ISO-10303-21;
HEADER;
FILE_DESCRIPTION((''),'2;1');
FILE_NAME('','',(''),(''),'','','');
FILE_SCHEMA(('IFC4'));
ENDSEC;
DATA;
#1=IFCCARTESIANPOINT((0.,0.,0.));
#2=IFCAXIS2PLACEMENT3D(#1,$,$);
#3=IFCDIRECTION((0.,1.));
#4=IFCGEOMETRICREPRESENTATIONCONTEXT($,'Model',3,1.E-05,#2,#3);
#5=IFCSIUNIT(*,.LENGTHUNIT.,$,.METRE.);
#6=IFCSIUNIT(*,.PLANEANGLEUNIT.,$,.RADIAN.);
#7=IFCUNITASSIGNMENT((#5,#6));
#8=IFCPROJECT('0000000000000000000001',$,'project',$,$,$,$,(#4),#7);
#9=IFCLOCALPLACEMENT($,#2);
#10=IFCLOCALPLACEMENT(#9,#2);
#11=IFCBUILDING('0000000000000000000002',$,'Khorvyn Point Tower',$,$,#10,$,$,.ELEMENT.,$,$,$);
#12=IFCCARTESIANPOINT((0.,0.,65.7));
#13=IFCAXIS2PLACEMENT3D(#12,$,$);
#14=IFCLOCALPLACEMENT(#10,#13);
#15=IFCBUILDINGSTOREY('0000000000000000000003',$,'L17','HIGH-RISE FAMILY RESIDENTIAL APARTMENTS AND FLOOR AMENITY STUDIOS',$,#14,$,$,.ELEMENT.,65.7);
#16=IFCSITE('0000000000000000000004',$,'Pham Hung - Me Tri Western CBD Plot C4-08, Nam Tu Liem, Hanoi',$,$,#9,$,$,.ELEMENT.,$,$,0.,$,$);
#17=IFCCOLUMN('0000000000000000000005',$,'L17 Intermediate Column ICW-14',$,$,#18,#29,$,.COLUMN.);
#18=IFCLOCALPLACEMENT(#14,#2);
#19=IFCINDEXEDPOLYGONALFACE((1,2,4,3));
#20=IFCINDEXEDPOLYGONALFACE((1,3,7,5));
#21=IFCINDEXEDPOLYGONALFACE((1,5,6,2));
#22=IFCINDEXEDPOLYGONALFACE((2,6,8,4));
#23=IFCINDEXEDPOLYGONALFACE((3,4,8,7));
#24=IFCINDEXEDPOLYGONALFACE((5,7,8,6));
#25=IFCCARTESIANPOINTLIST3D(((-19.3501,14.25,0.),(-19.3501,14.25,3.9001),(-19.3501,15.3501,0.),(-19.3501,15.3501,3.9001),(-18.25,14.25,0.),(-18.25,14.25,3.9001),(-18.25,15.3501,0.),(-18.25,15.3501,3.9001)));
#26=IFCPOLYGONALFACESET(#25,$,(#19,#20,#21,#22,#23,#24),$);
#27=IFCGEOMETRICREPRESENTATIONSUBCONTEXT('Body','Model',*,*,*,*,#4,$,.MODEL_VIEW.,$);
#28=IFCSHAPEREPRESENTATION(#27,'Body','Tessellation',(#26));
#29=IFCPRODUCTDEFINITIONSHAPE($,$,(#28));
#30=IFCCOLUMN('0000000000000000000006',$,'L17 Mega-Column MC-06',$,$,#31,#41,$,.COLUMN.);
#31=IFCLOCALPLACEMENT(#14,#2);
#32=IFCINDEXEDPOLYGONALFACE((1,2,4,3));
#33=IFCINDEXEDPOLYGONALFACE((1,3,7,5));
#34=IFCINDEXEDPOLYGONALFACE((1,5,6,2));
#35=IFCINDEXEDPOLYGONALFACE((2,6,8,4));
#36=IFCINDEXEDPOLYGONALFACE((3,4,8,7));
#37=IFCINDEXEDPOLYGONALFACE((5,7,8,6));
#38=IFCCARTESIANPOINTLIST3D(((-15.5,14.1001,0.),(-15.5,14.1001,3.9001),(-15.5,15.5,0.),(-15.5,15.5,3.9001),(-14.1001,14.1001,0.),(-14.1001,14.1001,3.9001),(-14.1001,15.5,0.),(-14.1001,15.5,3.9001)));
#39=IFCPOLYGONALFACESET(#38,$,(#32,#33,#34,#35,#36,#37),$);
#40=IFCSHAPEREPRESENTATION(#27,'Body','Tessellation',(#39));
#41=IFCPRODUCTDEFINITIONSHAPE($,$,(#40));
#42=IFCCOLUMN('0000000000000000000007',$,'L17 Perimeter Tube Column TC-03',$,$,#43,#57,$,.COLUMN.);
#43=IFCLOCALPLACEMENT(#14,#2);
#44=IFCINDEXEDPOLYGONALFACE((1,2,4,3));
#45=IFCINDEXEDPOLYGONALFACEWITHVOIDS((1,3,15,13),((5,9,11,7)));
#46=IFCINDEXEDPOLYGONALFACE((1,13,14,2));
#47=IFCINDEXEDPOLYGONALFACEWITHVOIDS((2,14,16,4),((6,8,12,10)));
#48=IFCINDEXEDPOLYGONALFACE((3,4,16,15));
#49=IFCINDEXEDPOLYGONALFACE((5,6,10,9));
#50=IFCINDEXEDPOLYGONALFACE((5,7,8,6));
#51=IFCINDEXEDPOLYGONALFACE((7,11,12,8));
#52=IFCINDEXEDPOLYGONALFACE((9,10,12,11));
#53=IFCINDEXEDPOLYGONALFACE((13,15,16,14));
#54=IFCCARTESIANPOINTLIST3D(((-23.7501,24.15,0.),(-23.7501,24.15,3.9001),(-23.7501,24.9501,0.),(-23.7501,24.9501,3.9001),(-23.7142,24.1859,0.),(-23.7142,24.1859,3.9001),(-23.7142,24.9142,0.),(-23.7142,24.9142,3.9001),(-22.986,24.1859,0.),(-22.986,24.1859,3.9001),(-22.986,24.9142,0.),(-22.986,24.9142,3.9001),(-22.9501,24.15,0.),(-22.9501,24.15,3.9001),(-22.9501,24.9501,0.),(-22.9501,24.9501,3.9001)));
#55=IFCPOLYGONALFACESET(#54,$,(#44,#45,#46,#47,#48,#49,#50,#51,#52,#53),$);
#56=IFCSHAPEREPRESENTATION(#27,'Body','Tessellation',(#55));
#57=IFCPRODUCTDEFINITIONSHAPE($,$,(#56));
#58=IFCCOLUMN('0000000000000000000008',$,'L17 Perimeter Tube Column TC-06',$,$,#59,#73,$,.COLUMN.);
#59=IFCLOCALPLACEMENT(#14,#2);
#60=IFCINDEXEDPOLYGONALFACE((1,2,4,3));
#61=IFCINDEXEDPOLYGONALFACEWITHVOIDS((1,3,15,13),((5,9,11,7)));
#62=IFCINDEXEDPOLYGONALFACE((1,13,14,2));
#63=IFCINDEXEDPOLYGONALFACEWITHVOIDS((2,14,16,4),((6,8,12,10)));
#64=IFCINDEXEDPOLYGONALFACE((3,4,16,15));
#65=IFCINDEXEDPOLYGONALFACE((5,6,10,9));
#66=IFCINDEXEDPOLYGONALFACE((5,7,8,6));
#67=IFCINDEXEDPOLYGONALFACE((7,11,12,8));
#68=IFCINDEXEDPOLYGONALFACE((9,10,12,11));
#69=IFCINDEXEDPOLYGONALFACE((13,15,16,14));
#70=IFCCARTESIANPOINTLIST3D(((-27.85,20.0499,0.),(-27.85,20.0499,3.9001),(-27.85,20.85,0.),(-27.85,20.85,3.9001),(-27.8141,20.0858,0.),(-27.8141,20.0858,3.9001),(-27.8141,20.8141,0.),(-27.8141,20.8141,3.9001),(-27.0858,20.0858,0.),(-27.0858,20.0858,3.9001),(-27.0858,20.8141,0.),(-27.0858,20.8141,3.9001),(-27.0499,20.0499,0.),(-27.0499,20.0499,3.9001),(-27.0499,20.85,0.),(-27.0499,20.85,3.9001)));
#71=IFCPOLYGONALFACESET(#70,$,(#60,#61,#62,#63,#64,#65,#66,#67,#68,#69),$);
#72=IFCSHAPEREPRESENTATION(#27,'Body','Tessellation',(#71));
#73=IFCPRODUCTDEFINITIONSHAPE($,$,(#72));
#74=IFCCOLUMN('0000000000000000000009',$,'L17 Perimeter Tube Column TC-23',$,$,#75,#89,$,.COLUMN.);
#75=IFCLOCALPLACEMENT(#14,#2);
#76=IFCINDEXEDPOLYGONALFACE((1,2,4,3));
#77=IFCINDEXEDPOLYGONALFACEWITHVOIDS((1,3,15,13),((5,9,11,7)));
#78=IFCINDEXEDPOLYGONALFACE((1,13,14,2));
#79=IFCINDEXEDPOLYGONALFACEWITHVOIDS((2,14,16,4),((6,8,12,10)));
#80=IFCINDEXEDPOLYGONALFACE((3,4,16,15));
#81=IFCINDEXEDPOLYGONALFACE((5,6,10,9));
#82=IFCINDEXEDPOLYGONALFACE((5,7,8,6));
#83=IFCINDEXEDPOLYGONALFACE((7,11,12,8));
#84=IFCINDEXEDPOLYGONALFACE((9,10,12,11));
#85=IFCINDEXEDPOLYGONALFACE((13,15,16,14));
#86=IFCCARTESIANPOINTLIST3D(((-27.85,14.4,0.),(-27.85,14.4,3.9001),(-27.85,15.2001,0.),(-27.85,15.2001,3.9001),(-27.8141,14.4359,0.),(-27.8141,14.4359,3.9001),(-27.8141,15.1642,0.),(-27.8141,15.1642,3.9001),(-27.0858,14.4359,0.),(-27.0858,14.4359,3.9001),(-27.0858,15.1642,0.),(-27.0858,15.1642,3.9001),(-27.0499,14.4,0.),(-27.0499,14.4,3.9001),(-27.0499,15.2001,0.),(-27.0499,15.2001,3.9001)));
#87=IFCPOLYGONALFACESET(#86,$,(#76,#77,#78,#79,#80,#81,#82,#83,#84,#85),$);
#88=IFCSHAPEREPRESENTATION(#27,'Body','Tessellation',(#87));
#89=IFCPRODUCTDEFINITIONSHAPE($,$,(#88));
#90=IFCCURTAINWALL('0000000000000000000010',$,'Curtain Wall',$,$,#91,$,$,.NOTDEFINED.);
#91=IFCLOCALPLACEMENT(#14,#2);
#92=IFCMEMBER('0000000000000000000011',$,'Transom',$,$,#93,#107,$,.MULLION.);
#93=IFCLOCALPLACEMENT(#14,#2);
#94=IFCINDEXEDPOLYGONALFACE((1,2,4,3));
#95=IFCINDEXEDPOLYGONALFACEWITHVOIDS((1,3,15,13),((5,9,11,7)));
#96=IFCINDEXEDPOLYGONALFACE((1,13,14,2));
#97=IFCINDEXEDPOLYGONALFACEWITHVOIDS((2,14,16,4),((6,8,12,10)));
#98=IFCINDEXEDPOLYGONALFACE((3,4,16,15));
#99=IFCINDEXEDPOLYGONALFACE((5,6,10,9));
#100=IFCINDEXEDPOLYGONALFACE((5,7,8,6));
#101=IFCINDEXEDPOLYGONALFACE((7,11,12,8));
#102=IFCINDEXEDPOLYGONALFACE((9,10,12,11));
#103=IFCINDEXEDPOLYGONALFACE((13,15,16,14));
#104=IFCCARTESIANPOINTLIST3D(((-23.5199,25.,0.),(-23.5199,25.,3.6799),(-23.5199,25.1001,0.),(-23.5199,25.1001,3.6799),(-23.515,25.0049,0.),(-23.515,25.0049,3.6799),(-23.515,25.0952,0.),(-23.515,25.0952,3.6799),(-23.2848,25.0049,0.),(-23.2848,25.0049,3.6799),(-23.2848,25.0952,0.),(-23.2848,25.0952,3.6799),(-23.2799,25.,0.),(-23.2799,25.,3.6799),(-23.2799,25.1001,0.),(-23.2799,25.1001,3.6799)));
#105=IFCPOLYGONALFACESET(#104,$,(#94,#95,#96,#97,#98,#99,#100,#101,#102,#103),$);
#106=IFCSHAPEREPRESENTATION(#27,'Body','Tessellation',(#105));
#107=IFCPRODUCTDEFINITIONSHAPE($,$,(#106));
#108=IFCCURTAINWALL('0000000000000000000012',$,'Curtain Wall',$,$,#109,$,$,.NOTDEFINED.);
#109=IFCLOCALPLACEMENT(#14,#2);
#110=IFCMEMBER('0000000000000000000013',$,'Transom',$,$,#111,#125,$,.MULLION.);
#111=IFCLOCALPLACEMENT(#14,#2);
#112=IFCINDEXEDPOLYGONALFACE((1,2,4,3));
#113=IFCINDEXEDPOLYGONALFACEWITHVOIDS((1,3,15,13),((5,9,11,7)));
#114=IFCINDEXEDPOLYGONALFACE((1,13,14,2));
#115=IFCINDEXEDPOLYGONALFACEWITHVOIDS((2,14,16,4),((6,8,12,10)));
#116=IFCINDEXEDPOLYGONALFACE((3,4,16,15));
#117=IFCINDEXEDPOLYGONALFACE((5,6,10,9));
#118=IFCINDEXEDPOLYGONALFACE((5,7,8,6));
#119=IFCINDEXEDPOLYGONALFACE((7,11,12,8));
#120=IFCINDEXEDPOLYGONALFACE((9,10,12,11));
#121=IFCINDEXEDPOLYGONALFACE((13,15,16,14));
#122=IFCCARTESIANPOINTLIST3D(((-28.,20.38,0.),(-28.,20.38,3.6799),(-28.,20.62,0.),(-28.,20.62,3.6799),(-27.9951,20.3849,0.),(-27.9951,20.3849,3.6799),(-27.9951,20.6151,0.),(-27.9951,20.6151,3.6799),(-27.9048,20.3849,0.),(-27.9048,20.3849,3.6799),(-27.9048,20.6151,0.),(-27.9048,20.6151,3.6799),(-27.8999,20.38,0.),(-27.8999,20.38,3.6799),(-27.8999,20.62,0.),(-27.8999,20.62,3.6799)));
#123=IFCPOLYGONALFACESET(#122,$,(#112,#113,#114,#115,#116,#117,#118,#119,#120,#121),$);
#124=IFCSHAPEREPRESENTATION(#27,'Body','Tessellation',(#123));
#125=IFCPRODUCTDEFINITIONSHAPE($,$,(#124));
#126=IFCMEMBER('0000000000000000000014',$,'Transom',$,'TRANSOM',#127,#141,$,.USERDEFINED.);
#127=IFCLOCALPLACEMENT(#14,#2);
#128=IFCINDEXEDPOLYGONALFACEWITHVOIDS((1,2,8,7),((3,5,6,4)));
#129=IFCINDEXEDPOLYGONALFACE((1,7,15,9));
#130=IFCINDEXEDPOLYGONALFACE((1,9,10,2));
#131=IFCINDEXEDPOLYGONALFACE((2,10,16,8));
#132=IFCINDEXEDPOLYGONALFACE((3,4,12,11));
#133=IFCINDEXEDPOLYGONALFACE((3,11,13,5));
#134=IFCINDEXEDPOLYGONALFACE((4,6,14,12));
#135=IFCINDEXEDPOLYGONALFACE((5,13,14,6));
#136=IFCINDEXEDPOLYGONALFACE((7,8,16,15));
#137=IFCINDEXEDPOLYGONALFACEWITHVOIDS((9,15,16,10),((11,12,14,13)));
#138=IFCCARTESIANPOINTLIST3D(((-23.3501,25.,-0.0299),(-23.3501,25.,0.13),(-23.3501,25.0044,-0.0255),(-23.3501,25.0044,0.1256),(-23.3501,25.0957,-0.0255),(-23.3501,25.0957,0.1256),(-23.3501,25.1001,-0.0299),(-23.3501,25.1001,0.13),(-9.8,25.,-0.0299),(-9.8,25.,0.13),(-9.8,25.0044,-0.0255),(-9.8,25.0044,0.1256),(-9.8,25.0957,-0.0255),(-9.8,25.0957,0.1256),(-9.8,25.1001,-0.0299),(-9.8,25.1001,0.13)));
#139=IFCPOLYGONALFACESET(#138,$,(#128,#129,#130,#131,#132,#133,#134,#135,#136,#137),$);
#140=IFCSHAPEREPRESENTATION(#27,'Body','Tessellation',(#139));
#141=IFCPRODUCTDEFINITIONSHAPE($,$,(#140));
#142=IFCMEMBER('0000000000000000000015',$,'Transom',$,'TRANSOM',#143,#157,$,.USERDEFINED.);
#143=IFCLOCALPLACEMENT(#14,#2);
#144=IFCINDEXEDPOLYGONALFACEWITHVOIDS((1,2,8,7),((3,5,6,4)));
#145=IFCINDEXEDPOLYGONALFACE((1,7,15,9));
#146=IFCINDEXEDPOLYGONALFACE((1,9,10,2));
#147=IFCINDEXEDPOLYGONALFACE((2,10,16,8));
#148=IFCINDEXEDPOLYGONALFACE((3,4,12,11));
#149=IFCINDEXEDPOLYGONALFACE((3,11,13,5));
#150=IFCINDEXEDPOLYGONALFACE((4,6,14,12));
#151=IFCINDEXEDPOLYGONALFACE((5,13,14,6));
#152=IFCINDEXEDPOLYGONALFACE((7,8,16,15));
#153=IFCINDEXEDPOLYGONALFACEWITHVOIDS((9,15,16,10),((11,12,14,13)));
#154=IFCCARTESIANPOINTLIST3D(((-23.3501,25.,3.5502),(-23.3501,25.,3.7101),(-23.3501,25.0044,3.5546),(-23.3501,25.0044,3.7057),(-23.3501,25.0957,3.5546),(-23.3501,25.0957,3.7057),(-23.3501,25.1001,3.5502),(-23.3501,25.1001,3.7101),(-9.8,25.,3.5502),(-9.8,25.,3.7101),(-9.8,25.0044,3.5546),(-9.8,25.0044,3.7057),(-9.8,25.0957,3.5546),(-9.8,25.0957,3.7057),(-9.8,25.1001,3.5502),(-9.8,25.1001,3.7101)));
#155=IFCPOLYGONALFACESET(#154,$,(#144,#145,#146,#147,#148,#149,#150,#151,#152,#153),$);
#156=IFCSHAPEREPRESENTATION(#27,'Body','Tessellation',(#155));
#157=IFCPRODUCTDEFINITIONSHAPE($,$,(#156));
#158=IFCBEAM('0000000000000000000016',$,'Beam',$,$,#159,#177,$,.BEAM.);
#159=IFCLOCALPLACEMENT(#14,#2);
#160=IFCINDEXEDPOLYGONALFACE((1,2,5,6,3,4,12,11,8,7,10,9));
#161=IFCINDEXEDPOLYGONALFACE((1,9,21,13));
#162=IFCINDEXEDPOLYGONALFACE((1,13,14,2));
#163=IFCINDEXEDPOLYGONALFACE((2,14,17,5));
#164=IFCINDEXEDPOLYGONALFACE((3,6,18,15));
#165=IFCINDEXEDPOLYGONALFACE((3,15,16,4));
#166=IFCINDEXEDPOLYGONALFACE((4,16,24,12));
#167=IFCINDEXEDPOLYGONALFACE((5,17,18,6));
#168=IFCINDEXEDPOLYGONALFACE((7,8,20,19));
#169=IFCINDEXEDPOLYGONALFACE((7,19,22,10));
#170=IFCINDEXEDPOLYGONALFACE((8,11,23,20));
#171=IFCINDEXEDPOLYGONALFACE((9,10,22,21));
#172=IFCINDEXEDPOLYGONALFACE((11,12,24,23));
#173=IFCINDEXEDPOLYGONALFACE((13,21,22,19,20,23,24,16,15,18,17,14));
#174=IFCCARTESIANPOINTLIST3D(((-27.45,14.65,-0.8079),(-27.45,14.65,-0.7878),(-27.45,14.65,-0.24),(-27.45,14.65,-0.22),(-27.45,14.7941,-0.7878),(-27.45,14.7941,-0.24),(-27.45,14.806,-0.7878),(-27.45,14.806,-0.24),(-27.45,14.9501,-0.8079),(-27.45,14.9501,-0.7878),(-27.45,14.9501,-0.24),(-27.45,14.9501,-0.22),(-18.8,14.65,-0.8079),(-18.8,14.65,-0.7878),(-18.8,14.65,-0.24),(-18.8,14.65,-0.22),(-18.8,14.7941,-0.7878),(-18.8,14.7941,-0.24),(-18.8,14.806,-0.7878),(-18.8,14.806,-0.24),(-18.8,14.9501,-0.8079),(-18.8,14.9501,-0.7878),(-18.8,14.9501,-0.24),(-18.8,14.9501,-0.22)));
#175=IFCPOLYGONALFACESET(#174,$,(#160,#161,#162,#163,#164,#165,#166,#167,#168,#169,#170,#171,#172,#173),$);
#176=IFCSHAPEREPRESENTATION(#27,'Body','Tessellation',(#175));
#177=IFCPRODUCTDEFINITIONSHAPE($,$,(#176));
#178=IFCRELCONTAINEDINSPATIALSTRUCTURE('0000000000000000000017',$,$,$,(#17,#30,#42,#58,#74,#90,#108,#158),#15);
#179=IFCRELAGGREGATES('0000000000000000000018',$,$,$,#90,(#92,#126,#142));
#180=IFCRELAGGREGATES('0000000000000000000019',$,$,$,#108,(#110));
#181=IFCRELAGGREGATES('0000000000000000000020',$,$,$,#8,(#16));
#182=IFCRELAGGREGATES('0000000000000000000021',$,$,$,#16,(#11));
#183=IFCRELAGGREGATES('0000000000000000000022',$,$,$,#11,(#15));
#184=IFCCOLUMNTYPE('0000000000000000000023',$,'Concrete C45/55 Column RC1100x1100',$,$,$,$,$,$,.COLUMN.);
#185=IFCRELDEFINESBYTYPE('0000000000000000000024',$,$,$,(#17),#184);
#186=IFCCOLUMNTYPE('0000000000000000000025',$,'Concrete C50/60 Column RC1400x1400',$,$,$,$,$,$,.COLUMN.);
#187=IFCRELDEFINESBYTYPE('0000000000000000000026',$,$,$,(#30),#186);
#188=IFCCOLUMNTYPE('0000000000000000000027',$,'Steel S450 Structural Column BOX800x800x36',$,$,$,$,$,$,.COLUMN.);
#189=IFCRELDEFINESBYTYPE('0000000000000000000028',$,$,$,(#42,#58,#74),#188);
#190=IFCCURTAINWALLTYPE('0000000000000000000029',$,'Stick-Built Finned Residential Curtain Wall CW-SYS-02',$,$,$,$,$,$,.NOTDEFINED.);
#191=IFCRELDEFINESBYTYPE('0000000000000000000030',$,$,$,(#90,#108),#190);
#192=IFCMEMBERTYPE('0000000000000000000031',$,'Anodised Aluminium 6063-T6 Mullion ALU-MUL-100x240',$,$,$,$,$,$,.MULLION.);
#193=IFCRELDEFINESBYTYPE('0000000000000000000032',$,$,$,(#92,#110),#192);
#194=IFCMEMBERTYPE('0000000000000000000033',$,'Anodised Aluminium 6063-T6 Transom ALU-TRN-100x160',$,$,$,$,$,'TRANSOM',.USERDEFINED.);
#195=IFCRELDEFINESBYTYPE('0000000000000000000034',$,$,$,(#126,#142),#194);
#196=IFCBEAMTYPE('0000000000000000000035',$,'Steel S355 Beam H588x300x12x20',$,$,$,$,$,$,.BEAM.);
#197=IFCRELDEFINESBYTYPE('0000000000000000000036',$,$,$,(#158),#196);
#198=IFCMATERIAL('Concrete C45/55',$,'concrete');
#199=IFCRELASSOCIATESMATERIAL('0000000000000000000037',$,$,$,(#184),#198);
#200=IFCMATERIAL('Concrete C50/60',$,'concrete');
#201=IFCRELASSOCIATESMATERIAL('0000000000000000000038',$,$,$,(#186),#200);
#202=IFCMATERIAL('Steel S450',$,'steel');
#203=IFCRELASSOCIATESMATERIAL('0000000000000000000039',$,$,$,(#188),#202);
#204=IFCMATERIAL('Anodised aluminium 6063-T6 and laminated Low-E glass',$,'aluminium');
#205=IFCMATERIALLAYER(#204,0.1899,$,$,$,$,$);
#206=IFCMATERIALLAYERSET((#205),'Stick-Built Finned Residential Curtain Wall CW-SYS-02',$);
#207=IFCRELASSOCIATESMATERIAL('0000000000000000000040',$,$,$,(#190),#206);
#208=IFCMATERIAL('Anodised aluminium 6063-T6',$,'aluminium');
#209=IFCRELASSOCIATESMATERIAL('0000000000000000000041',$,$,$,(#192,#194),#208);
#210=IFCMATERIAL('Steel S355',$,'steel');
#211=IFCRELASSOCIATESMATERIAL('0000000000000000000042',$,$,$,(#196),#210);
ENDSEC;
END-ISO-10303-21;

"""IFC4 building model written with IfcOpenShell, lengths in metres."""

from ifc_helpers import new_model, si_unit, direction, frame, origin, origin_2d, place, context, subcontext, project, spatial, rectangle, hollow_rectangle, i_section, extrude, material, layer, layer_set, material_profile, profile_set, type_object, element, aggregate, save


model = new_model("IFC4")

# Units and contexts
model_context = context("Model", 3, precision=1e-05, world=origin(), true_north=direction((0.0, 1.0)))
body_context = subcontext(model_context, "Body", "Model", "MODEL_VIEW")
ifc_project = project(units=[si_unit("LENGTHUNIT", "METRE"), si_unit("PLANEANGLEUNIT", "RADIAN")], contexts=[model_context])

# Site, building, storey
site_placement = place(None, origin())
site = spatial("IfcSite", under=ifc_project, at=site_placement, Name="Pham Hung - Me Tri Western CBD Plot C4-08, Nam Tu Liem, Hanoi", CompositionType="ELEMENT", RefElevation=0.0)
building_placement = place(site_placement, origin())
building = spatial("IfcBuilding", under=site, at=building_placement, Name="Khorvyn Point Tower", CompositionType="ELEMENT")
storey_placement = place(building_placement, frame((0.0, 0.0, 65.7)))
storey = spatial("IfcBuildingStorey", under=building, at=storey_placement, Name="L17", Description="HIGH-RISE FAMILY RESIDENTIAL APARTMENTS AND FLOOR AMENITY STUDIOS", CompositionType="ELEMENT", Elevation=65.7)

# Columns
ifc_material_1 = material(Name="Concrete C45/55", Category="concrete")
ifc_material_profile_1 = material_profile(ifc_material_1, rectangle(XDim=1.1001, YDim=1.1001, at=origin_2d()))
ifc_profile_set_1 = profile_set([ifc_material_profile_1], Name="Concrete C45/55 RC1100x1100")
column_type_1 = type_object("IfcColumnType", Name="Concrete C45/55 Column RC1100x1100", PredefinedType="COLUMN", material=ifc_profile_set_1)
column_1_placement = place(storey_placement, frame((-18.8, 14.8, 0.0), z_axis=(0.0, 0.0, 1.0), x_axis=(1.0, 0.0, 0.0)))
element("IfcColumn", 1, at=column_1_placement, inside=storey, type_object=column_type_1, Name="L17 Intermediate Column ICW-14", PredefinedType="COLUMN", context=body_context, shape_type="SweptSolid", body=[
    extrude(rectangle(XDim=1.1001, YDim=1.1001, at=origin_2d()), origin(), (0.0, 0.0, 1.0), 3.9001),
])
ifc_material_2 = material(Name="Concrete C50/60", Category="concrete")
ifc_material_profile_2 = material_profile(ifc_material_2, rectangle(XDim=1.3999, YDim=1.3999, at=origin_2d()))
ifc_profile_set_2 = profile_set([ifc_material_profile_2], Name="Concrete C50/60 RC1400x1400")
column_type_2 = type_object("IfcColumnType", Name="Concrete C50/60 Column RC1400x1400", PredefinedType="COLUMN", material=ifc_profile_set_2)
column_2_placement = place(storey_placement, frame((-14.8, 14.8, 0.0), z_axis=(0.0, 0.0, 1.0), x_axis=(1.0, 0.0, 0.0)))
element("IfcColumn", 2, at=column_2_placement, inside=storey, type_object=column_type_2, Name="L17 Mega-Column MC-06", PredefinedType="COLUMN", context=body_context, shape_type="SweptSolid", body=[
    extrude(rectangle(XDim=1.3999, YDim=1.3999, at=origin_2d()), origin(), (0.0, 0.0, 1.0), 3.9001),
])
ifc_material_3 = material(Name="Steel S450", Category="steel")
ifc_material_profile_3 = material_profile(ifc_material_3, hollow_rectangle(XDim=0.8, YDim=0.8, WallThickness=0.0359, at=origin_2d()))
ifc_profile_set_3 = profile_set([ifc_material_profile_3], Name="Steel S450 BOX800x800x36")
column_type_3 = type_object("IfcColumnType", Name="Steel S450 Structural Column BOX800x800x36", PredefinedType="COLUMN", material=ifc_profile_set_3)
for number, where, z_axis, x_axis, name in (
    (3, (-23.3501, 24.55, 0.0), (0.0, 0.0, 1.0), (1.0, 0.0, 0.0), "L17 Perimeter Tube Column TC-03"),
    (4, (-27.45, 20.45, 0.0), (0.0, 0.0, 1.0), (1.0, 0.0, 0.0), "L17 Perimeter Tube Column TC-06"),
    (5, (-27.45, 14.8, 0.0), (0.0, 0.0, 1.0), (1.0, 0.0, 0.0), "L17 Perimeter Tube Column TC-23"),
):
    element("IfcColumn", number, at=place(storey_placement, frame(where, z_axis=z_axis, x_axis=x_axis)), inside=storey, type_object=column_type_3, Name=name, PredefinedType="COLUMN", context=body_context, shape_type="SweptSolid", body=[
        extrude(hollow_rectangle(XDim=0.8, YDim=0.8, WallThickness=0.0359, at=origin_2d()), origin(), (0.0, 0.0, 1.0), 3.9001),
    ])

# Curtain walls, members
ifc_material_4 = material(Name="Anodised aluminium 6063-T6 and laminated Low-E glass", Category="aluminium")
ifc_layer_1 = layer(ifc_material_4, 0.1899)
ifc_layer_set_1 = layer_set([ifc_layer_1], Name="Stick-Built Finned Residential Curtain Wall CW-SYS-02")
curtain_wall_type = type_object("IfcCurtainWallType", Name="Stick-Built Finned Residential Curtain Wall CW-SYS-02", PredefinedType="NOTDEFINED", material=ifc_layer_set_1)
curtain_wall_1_placement = place(storey_placement, origin())
curtain_wall_1 = element("IfcCurtainWall", 6, at=curtain_wall_1_placement, inside=storey, type_object=curtain_wall_type, Name="Curtain Wall", PredefinedType="NOTDEFINED")
ifc_material_5 = material(Name="Anodised aluminium 6063-T6", Category="aluminium")
ifc_material_profile_4 = material_profile(ifc_material_5, hollow_rectangle(XDim=0.1001, YDim=0.24, WallThickness=0.0049, at=origin_2d()))
ifc_profile_set_4 = profile_set([ifc_material_profile_4], Name="Anodised aluminium 6063-T6 ALU-MUL-100x240")
member_type_1 = type_object("IfcMemberType", Name="Anodised Aluminium 6063-T6 Mullion ALU-MUL-100x240", PredefinedType="MULLION", material=ifc_profile_set_4)
member_1_placement = place(storey_placement, frame((-23.3999, 25.05, 0.0), z_axis=(0.0, 0.0, 1.0), x_axis=(0.0, 1.0, 0.0)))
member_1 = element("IfcMember", 7, at=member_1_placement, type_object=member_type_1, Name="Transom", PredefinedType="MULLION", context=body_context, shape_type="SweptSolid", body=[
    extrude(hollow_rectangle(XDim=0.1001, YDim=0.24, WallThickness=0.0049, at=origin_2d()), origin(), (0.0, 0.0, 1.0), 3.6799),
])
curtain_wall_2_placement = place(storey_placement, origin())
curtain_wall_2 = element("IfcCurtainWall", 8, at=curtain_wall_2_placement, inside=storey, type_object=curtain_wall_type, Name="Curtain Wall", PredefinedType="NOTDEFINED")
member_2_placement = place(storey_placement, frame((-27.95, 20.5, 0.0), z_axis=(0.0, 0.0, 1.0), x_axis=(-1.0, 0.0, 0.0)))
member_2 = element("IfcMember", 9, at=member_2_placement, type_object=member_type_1, Name="Transom", PredefinedType="MULLION", context=body_context, shape_type="SweptSolid", body=[
    extrude(hollow_rectangle(XDim=0.1001, YDim=0.24, WallThickness=0.0049, at=origin_2d()), origin(), (0.0, 0.0, 1.0), 3.6799),
])

# Members
ifc_material_profile_5 = material_profile(ifc_material_5, hollow_rectangle(XDim=0.1001, YDim=0.1599, WallThickness=0.0044, at=origin_2d()))
ifc_profile_set_5 = profile_set([ifc_material_profile_5], Name="Anodised aluminium 6063-T6 ALU-TRN-100x160")
member_type_2 = type_object("IfcMemberType", Name="Anodised Aluminium 6063-T6 Transom ALU-TRN-100x160", ElementType="TRANSOM", PredefinedType="USERDEFINED", material=ifc_profile_set_5)
member_3_placement = place(storey_placement, frame((-23.3501, 25.05, 0.05), z_axis=(1.0, 0.0, 0.0), x_axis=(0.0, 1.0, 0.0)))
member_3 = element("IfcMember", 10, at=member_3_placement, type_object=member_type_2, Name="Transom", ObjectType="TRANSOM", PredefinedType="USERDEFINED", context=body_context, shape_type="SweptSolid", body=[
    extrude(hollow_rectangle(XDim=0.1001, YDim=0.1599, WallThickness=0.0044, at=origin_2d()), origin(), (0.0, 0.0, 1.0), 13.55),
])
member_4_placement = place(storey_placement, frame((-23.3501, 25.05, 3.6301), z_axis=(1.0, 0.0, 0.0), x_axis=(0.0, 1.0, 0.0)))
member_4 = element("IfcMember", 11, at=member_4_placement, type_object=member_type_2, Name="Transom", ObjectType="TRANSOM", PredefinedType="USERDEFINED", context=body_context, shape_type="SweptSolid", body=[
    extrude(hollow_rectangle(XDim=0.1001, YDim=0.1599, WallThickness=0.0044, at=origin_2d()), origin(), (0.0, 0.0, 1.0), 13.55),
])

# Beam
ifc_material_6 = material(Name="Steel S355", Category="steel")
ifc_material_profile_6 = material_profile(ifc_material_6, i_section(OverallWidth=0.3, OverallDepth=0.5879, WebThickness=0.012, FlangeThickness=0.02, at=origin_2d()))
ifc_profile_set_6 = profile_set([ifc_material_profile_6], Name="Steel S355 H588x300x12x20")
beam_type_1 = type_object("IfcBeamType", Name="Steel S355 Beam H588x300x12x20", PredefinedType="BEAM", material=ifc_profile_set_6)
beam_1_placement = place(storey_placement, frame((-27.45, 14.8, -0.5139), z_axis=(1.0, 0.0, 0.0), x_axis=(0.0, 1.0, 0.0)))
element("IfcBeam", 12, at=beam_1_placement, inside=storey, type_object=beam_type_1, Name="Beam", PredefinedType="BEAM", context=body_context, shape_type="SweptSolid", body=[
    extrude(i_section(OverallWidth=0.3, OverallDepth=0.5879, WebThickness=0.012, FlangeThickness=0.02, at=origin_2d()), origin(), (0.0, 0.0, 1.0), 8.6499),
])

aggregate(curtain_wall_1, [member_1, member_3, member_4])
aggregate(curtain_wall_2, [member_2])

save(model, "model.ifc")
